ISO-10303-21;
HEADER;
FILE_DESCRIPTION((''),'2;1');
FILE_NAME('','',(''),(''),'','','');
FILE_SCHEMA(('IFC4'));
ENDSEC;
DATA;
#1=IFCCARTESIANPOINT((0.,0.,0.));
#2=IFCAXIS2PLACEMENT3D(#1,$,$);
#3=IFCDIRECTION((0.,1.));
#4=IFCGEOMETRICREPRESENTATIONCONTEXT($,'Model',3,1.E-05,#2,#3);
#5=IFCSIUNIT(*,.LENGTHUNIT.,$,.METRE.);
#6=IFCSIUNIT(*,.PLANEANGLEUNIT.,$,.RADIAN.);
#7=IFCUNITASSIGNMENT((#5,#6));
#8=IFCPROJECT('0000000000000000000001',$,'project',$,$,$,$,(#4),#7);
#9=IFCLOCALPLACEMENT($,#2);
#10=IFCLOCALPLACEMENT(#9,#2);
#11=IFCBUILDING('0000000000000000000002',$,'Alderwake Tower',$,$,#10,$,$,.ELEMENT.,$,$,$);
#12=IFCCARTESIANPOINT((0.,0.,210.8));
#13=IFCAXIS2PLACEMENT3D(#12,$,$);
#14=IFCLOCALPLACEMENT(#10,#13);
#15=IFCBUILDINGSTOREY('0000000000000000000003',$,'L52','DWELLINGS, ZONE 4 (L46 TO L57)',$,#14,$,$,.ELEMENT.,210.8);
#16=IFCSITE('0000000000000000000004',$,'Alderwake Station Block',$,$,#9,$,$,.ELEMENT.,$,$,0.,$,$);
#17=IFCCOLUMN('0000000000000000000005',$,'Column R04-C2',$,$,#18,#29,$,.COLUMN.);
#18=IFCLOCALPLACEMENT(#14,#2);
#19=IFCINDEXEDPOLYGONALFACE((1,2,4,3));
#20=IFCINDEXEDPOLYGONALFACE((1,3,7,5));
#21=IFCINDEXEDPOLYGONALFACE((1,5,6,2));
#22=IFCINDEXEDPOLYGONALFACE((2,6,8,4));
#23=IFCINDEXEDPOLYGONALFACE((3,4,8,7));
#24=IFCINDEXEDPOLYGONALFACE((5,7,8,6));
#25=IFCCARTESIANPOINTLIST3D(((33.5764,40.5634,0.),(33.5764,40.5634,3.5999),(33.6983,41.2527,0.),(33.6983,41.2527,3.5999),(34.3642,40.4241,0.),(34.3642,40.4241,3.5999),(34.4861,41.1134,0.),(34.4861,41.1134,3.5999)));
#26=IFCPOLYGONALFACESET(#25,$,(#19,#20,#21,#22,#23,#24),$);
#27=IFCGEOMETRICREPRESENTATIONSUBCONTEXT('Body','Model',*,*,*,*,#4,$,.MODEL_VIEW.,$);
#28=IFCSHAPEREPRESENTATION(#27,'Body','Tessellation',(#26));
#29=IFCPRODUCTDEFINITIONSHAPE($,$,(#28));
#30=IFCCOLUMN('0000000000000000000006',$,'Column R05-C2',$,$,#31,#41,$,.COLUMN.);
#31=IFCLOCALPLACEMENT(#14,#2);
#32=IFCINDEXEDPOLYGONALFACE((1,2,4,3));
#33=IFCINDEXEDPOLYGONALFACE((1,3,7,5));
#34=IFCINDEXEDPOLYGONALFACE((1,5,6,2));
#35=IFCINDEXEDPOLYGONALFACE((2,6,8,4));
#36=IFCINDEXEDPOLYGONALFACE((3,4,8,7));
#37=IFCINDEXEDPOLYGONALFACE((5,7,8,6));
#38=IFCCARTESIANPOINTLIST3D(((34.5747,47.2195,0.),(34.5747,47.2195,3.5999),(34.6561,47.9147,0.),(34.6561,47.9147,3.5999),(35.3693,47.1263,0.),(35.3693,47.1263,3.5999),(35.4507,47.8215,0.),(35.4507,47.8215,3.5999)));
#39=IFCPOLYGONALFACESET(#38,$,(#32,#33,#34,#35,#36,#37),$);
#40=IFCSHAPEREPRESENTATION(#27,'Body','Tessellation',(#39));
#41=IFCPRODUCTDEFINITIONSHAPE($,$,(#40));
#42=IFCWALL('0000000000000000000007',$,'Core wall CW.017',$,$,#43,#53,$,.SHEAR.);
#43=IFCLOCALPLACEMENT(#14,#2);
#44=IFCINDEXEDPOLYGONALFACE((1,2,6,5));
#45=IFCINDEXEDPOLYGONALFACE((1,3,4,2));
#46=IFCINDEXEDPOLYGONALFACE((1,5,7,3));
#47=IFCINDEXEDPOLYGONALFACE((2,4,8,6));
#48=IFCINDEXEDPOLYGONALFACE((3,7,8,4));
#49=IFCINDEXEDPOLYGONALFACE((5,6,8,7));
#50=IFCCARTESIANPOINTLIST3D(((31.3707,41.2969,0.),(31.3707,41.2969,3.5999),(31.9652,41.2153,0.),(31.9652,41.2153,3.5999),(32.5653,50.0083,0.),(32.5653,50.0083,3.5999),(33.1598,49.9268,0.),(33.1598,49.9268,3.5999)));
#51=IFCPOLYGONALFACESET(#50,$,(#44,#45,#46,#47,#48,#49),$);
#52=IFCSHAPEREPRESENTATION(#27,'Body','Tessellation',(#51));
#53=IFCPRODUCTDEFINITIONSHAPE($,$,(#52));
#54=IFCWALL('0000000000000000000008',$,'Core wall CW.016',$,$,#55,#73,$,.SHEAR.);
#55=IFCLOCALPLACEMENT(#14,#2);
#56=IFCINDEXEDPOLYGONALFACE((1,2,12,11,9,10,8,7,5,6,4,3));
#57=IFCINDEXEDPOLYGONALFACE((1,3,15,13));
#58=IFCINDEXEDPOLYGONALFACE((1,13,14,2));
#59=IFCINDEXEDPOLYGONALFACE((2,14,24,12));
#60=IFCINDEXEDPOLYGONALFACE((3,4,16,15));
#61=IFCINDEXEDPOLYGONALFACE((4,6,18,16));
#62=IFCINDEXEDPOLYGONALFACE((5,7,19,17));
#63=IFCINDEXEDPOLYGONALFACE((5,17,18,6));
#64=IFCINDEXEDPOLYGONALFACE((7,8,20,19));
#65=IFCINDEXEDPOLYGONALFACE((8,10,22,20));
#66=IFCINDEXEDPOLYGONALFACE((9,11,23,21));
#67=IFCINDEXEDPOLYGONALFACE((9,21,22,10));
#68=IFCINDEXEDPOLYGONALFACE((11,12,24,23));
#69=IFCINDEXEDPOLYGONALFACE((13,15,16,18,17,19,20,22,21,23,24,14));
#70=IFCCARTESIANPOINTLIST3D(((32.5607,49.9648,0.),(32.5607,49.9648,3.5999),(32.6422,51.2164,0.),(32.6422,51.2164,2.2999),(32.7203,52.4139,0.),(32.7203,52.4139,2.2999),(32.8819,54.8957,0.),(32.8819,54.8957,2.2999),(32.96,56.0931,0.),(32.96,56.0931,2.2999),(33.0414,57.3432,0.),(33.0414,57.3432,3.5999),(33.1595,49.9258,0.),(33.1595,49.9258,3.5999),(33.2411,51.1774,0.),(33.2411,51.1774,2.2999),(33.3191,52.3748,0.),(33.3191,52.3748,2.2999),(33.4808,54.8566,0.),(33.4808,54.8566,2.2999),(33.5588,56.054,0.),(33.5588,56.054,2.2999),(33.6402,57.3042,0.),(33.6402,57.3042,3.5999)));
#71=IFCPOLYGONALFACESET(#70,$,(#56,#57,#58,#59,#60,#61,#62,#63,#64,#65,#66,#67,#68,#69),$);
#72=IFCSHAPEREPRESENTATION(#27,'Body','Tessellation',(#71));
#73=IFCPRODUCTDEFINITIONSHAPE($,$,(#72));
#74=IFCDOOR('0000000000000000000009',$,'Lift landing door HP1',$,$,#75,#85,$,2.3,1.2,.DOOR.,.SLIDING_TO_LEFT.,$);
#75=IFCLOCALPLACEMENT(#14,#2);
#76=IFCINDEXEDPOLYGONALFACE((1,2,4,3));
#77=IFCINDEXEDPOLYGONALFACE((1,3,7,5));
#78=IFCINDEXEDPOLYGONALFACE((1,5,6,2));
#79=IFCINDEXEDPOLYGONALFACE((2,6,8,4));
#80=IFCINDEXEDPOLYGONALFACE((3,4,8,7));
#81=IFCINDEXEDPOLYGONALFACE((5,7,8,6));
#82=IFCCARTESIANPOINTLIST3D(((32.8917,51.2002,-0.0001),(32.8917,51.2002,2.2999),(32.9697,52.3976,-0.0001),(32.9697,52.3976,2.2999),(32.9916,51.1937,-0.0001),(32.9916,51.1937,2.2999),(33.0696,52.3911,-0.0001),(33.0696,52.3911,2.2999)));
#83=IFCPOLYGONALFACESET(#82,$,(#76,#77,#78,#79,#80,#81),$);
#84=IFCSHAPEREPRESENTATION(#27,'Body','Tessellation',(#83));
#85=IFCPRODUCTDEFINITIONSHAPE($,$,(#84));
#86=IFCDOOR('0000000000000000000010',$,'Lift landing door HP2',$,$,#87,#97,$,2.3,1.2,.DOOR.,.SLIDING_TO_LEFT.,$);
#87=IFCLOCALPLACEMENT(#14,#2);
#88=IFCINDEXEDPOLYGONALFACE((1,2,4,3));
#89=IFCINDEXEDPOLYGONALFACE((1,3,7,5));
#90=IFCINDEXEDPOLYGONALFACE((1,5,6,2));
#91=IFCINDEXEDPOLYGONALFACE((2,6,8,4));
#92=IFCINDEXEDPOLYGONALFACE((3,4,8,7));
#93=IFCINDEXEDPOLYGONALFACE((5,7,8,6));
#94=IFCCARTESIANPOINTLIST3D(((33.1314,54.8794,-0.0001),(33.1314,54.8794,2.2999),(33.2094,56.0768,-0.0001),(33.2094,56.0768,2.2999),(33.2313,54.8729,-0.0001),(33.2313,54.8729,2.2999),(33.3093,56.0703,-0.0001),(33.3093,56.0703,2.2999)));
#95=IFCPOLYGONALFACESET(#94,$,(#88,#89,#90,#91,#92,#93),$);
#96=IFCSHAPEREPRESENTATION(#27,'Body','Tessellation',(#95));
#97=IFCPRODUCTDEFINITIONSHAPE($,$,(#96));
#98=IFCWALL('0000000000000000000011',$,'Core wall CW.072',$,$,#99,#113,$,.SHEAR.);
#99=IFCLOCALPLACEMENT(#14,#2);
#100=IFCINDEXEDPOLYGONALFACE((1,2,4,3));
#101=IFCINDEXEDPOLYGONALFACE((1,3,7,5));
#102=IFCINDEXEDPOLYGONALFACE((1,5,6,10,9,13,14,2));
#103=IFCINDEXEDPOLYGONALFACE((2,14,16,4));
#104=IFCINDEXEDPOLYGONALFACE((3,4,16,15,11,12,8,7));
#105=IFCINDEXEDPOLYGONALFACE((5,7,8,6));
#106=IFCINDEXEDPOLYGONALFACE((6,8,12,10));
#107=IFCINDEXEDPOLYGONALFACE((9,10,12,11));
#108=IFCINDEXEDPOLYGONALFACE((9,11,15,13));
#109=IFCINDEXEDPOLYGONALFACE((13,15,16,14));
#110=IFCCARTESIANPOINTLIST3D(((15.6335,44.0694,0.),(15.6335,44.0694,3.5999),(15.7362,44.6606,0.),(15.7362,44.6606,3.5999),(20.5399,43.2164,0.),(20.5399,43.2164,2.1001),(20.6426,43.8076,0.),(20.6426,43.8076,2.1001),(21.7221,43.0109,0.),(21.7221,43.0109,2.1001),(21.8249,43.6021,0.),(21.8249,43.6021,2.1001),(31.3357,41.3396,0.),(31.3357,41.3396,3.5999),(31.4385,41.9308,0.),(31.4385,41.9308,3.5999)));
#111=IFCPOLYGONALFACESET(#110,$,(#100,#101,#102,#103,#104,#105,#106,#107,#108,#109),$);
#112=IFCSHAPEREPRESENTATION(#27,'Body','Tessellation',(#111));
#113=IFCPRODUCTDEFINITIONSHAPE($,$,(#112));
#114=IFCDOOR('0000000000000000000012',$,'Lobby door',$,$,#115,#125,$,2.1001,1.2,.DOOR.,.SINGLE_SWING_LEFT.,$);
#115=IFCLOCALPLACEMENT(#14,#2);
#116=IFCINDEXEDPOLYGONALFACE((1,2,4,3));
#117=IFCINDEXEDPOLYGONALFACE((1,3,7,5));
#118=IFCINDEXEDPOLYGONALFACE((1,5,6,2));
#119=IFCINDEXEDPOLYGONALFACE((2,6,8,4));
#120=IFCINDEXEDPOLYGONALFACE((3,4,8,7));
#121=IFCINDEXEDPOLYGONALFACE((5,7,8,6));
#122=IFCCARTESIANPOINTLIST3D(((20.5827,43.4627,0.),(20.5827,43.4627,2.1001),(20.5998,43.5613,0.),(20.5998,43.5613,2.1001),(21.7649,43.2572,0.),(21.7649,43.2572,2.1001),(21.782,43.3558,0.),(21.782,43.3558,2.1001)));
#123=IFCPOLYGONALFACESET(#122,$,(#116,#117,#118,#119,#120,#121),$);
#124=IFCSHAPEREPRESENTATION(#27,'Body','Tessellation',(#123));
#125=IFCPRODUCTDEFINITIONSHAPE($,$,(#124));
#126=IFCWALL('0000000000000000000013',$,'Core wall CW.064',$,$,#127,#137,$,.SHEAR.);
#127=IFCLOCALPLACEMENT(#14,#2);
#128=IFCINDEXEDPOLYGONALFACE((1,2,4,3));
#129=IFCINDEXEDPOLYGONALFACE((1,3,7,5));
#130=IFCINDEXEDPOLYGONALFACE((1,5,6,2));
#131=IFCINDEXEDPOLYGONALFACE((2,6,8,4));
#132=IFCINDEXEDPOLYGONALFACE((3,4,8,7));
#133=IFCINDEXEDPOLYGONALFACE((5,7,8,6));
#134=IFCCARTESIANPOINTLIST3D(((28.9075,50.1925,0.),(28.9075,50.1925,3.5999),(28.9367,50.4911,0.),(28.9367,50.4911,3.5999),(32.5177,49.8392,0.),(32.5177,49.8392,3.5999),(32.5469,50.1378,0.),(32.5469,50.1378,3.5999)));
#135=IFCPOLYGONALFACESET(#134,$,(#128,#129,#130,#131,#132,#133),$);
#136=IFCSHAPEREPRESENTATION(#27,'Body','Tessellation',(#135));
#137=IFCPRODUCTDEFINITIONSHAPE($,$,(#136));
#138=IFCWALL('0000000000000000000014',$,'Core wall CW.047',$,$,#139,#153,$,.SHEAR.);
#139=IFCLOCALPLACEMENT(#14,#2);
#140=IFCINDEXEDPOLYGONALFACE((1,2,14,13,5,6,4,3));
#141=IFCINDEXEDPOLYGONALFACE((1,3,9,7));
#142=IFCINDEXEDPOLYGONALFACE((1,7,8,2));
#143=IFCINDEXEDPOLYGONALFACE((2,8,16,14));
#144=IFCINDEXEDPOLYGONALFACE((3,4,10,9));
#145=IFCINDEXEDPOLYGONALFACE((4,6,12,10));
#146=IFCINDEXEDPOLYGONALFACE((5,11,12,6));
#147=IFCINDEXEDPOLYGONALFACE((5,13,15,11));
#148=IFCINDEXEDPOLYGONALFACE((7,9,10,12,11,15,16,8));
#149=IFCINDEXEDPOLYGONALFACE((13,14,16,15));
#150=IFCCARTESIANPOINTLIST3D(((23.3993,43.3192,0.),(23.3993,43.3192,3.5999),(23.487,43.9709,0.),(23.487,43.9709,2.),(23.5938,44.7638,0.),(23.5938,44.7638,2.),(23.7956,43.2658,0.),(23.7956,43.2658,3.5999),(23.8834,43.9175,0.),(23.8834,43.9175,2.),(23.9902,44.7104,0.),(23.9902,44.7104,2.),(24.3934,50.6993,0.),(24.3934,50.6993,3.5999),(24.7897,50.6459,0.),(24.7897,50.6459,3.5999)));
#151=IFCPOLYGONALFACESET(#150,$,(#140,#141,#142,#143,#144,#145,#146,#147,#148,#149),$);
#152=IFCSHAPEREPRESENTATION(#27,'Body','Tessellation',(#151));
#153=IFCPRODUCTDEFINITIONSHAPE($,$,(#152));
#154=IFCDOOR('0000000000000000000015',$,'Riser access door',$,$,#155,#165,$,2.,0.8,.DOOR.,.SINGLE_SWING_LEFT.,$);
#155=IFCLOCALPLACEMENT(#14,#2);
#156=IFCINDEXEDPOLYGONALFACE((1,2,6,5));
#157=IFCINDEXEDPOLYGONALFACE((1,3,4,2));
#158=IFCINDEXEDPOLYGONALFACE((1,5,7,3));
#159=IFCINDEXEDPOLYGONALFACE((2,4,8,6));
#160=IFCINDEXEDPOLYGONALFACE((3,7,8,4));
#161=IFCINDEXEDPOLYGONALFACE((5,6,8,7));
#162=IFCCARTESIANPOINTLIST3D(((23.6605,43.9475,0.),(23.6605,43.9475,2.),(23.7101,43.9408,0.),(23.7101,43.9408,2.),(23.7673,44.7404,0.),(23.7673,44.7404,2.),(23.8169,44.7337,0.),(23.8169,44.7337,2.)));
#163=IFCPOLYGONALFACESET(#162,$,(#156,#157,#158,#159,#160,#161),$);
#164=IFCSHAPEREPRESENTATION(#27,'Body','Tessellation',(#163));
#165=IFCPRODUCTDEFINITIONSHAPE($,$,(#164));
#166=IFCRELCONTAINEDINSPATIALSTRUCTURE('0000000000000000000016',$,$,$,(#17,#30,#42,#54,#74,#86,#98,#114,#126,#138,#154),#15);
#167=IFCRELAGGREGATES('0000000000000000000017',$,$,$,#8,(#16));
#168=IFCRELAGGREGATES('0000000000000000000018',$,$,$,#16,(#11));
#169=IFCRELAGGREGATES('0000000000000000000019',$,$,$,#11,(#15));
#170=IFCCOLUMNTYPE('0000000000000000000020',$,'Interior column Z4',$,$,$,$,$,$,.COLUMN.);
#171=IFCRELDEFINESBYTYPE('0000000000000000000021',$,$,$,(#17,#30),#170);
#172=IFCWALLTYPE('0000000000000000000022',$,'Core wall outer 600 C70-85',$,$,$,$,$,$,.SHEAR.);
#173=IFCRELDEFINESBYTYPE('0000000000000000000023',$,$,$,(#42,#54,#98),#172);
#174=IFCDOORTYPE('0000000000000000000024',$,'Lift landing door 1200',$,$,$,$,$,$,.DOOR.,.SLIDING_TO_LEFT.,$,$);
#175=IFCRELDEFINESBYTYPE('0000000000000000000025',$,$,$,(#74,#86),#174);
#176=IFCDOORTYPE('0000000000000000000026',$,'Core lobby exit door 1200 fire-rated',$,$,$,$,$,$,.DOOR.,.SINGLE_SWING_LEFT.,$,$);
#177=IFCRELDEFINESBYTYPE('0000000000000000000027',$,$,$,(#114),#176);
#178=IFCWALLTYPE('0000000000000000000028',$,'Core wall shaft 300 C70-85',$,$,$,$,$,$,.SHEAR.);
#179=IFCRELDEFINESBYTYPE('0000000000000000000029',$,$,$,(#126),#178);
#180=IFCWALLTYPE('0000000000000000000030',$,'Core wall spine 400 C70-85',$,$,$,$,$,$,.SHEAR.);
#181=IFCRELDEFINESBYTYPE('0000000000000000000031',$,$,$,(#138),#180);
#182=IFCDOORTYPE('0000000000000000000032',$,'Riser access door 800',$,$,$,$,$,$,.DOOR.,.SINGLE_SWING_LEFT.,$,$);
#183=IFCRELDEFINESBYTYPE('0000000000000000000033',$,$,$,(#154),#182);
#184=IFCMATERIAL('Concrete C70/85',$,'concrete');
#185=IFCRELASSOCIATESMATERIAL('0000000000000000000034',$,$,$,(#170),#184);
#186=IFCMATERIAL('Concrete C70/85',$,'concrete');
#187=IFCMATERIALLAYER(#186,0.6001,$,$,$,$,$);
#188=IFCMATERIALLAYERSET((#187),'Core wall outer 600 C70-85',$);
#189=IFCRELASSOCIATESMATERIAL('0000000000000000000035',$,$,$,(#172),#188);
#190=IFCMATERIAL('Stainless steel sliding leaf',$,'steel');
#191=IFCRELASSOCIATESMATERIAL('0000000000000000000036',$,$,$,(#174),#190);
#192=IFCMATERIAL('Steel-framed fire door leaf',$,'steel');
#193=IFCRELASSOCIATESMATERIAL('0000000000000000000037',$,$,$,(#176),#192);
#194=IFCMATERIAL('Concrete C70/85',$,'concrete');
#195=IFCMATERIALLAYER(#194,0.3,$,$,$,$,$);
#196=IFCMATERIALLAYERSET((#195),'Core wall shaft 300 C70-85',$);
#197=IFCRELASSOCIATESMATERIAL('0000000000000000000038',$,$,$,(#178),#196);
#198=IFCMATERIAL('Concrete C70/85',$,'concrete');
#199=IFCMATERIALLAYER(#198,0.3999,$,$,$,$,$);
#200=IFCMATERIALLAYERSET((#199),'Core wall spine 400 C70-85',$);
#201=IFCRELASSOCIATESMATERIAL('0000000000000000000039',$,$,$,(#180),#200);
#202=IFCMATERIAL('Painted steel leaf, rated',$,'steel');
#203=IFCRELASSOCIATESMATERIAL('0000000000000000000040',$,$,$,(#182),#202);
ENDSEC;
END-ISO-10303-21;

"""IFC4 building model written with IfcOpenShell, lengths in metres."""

from ifc_helpers import new_model, si_unit, direction, frame, frame_2d, origin, origin_2d, place, context, subcontext, project, spatial, rectangle, extrude, material, layer, layer_set, material_profile, profile_set, type_object, element, fill, save


model = new_model("IFC4")

# Units and contexts
model_context = context("Model", 3, precision=1e-05, world=origin(), true_north=direction((0.0, 1.0)))
body_context = subcontext(model_context, "Body", "Model", "MODEL_VIEW")
ifc_project = project(units=[si_unit("LENGTHUNIT", "METRE"), si_unit("PLANEANGLEUNIT", "RADIAN")], contexts=[model_context])

# Site, building, storey
site_placement = place(None, origin())
site = spatial("IfcSite", under=ifc_project, at=site_placement, Name="Alderwake Station Block", CompositionType="ELEMENT", RefElevation=0.0)
building_placement = place(site_placement, origin())
building = spatial("IfcBuilding", under=site, at=building_placement, Name="Alderwake Tower", CompositionType="ELEMENT")
storey_placement = place(building_placement, frame((0.0, 0.0, 210.8)))
storey = spatial("IfcBuildingStorey", under=building, at=storey_placement, Name="L52", Description="DWELLINGS, ZONE 4 (L46 TO L57)", CompositionType="ELEMENT", Elevation=210.8)

# Columns
ifc_material_1 = material(Name="Concrete C70/85", Category="concrete")
ifc_material_profile = material_profile(ifc_material_1, rectangle(XDim=0.7, YDim=0.8, at=origin_2d()), Name="RC 800X700")
ifc_profile_set = profile_set([ifc_material_profile], Name="Concrete C70/85")
column_type = type_object("IfcColumnType", Name="Interior column Z4", PredefinedType="COLUMN", material=ifc_profile_set)
for number, where, z_axis, x_axis, name in (
    (1, (34.0312, 40.8384, 0.0), (0.0, 0.0, 1.0), (0.174109, 0.984726, 0.0), "Column R04-C2"),
    (2, (35.0127, 47.5205, 0.0), (0.0, 0.0, 1.0), (0.116402, 0.993202, 0.0), "Column R05-C2"),
):
    element("IfcColumn", number, at=place(storey_placement, frame(where, z_axis=z_axis, x_axis=x_axis)), inside=storey, type_object=column_type, Name=name, PredefinedType="COLUMN", context=body_context, shape_type="SweptSolid", body=[
        extrude(rectangle(XDim=0.7, YDim=0.8, at=origin_2d()), origin(), (0.0, 0.0, 1.0), 3.5999),
    ])

# Wall
ifc_material_2 = material(Name="Concrete C70/85", Category="concrete")
ifc_layer_1 = layer(ifc_material_2, 0.6001)
ifc_layer_set_1 = layer_set([ifc_layer_1], Name="Core wall outer 600 C70-85")
wall_type_1 = type_object("IfcWallType", Name="Core wall outer 600 C70-85", PredefinedType="SHEAR", material=ifc_layer_set_1)
wall_1_placement = place(storey_placement, frame((31.668, 41.2561, 0.0), z_axis=(0.0, 0.0, 1.0), x_axis=(0.135857, 0.990729, 0.0)))
element("IfcWall", 3, at=wall_1_placement, inside=storey, type_object=wall_type_1, Name="Core wall CW.017", PredefinedType="SHEAR", context=body_context, shape_type="SweptSolid", body=[
    extrude(rectangle(XDim=8.793, YDim=0.6001, at=frame_2d((4.3965, 0.0))), origin(), (0.0, 0.0, 1.0), 3.5999),
])

# Wall, openings, doors
wall_2_placement = place(storey_placement, frame((32.8601, 49.9453, 0.0), z_axis=(0.0, 0.0, 1.0), x_axis=(0.065013, 0.997884, 0.0)))
wall_2 = element("IfcWall", 4, at=wall_2_placement, inside=storey, type_object=wall_type_1, Name="Core wall CW.016", PredefinedType="SHEAR", context=body_context, shape_type="SweptSolid", body=[
    extrude(rectangle(XDim=7.394, YDim=0.6001, at=frame_2d((3.697, 0.0))), origin(), (0.0, 0.0, 1.0), 3.5999),
])
opening_1_placement = place(wall_2_placement, frame((1.2542, 0.0, 0.0)))
opening_1 = element("IfcOpeningElement", 5, at=opening_1_placement, cuts=wall_2, PredefinedType="OPENING", context=body_context, shape_type="SweptSolid", body=[
    extrude(rectangle(XDim=1.2, YDim=2.3, at=frame_2d((0.6001, 1.1499))), frame((0.0, 0.3101, 0.0), z_axis=(0.0, -1.0, 0.0), x_axis=(1.0, 0.0, 0.0)), (0.0, 0.0, 1.0), 0.6201),
])
opening_2_placement = place(wall_2_placement, frame((4.9412, 0.0, 0.0)))
opening_2 = element("IfcOpeningElement", 6, at=opening_2_placement, cuts=wall_2, PredefinedType="OPENING", context=body_context, shape_type="SweptSolid", body=[
    extrude(rectangle(XDim=1.2, YDim=2.3, at=frame_2d((0.6001, 1.1499))), frame((0.0, 0.3101, 0.0), z_axis=(0.0, -1.0, 0.0), x_axis=(1.0, 0.0, 0.0)), (0.0, 0.0, 1.0), 0.6201),
])
ifc_material_3 = material(Name="Stainless steel sliding leaf", Category="steel")
door_type_1 = type_object("IfcDoorType", Name="Lift landing door 1200", OperationType="SLIDING_TO_LEFT", PredefinedType="DOOR", material=ifc_material_3)
door_1_placement = place(opening_1_placement, origin())
door_1 = element("IfcDoor", 7, at=door_1_placement, inside=storey, type_object=door_type_1, Name="Lift landing door HP1", OperationType="SLIDING_TO_LEFT", OverallHeight=2.3, OverallWidth=1.2, PredefinedType="DOOR", context=body_context, shape_type="SweptSolid", body=[
    extrude(rectangle(XDim=1.2, YDim=2.3, at=frame_2d((0.6001, 1.1499))), frame((0.0, 0.05, 0.0), z_axis=(0.0, -1.0, 0.0), x_axis=(1.0, 0.0, 0.0)), (0.0, 0.0, 1.0), 0.1001),
])
fill(opening_1, door_1)
door_2_placement = place(opening_2_placement, origin())
door_2 = element("IfcDoor", 8, at=door_2_placement, inside=storey, type_object=door_type_1, Name="Lift landing door HP2", OperationType="SLIDING_TO_LEFT", OverallHeight=2.3, OverallWidth=1.2, PredefinedType="DOOR", context=body_context, shape_type="SweptSolid", body=[
    extrude(rectangle(XDim=1.2, YDim=2.3, at=frame_2d((0.6001, 1.1499))), frame((0.0, 0.05, 0.0), z_axis=(0.0, -1.0, 0.0), x_axis=(1.0, 0.0, 0.0)), (0.0, 0.0, 1.0), 0.1001),
])
fill(opening_2, door_2)

# Wall, opening, door
wall_3_placement = place(storey_placement, frame((31.387, 41.6353, 0.0), z_axis=(0.0, 0.0, 1.0), x_axis=(-0.985223, 0.171276, 0.0)))
wall_3 = element("IfcWall", 9, at=wall_3_placement, inside=storey, type_object=wall_type_1, Name="Core wall CW.072", PredefinedType="SHEAR", context=body_context, shape_type="SweptSolid", body=[
    extrude(rectangle(XDim=15.9377, YDim=0.6001, at=frame_2d((7.9688, 0.0))), origin(), (0.0, 0.0, 1.0), 3.5999),
])
opening_3_placement = place(wall_3_placement, frame((9.7576, 0.0, 0.0)))
opening_3 = element("IfcOpeningElement", 10, at=opening_3_placement, cuts=wall_3, PredefinedType="OPENING", context=body_context, shape_type="SweptSolid", body=[
    extrude(rectangle(XDim=1.2, YDim=2.1001, at=frame_2d((0.6001, 1.05))), frame((0.0, 0.3101, 0.0), z_axis=(0.0, -1.0, 0.0), x_axis=(1.0, 0.0, 0.0)), (0.0, 0.0, 1.0), 0.6201),
])
ifc_material_4 = material(Name="Steel-framed fire door leaf", Category="steel")
door_type_2 = type_object("IfcDoorType", Name="Core lobby exit door 1200 fire-rated", OperationType="SINGLE_SWING_LEFT", PredefinedType="DOOR", material=ifc_material_4)
door_3_placement = place(opening_3_placement, origin())
door_3 = element("IfcDoor", 11, at=door_3_placement, inside=storey, type_object=door_type_2, Name="Lobby door", OperationType="SINGLE_SWING_LEFT", OverallHeight=2.1001, OverallWidth=1.2, PredefinedType="DOOR", context=body_context, shape_type="SweptSolid", body=[
    extrude(rectangle(XDim=1.2, YDim=2.1001, at=frame_2d((0.6001, 1.05))), frame((0.0, 0.05, 0.0), z_axis=(0.0, -1.0, 0.0), x_axis=(1.0, 0.0, 0.0)), (0.0, 0.0, 1.0), 0.1001),
])
fill(opening_3, door_3)

# Wall
ifc_material_5 = material(Name="Concrete C70/85", Category="concrete")
ifc_layer_2 = layer(ifc_material_5, 0.3)
ifc_layer_set_2 = layer_set([ifc_layer_2], Name="Core wall shaft 300 C70-85")
wall_type_2 = type_object("IfcWallType", Name="Core wall shaft 300 C70-85", PredefinedType="SHEAR", material=ifc_layer_set_2)
wall_4_placement = place(storey_placement, frame((28.9221, 50.3418, 0.0), z_axis=(0.0, 0.0, 1.0), x_axis=(0.995246, -0.097391, 0.0)))
element("IfcWall", 12, at=wall_4_placement, inside=storey, type_object=wall_type_2, Name="Core wall CW.064", PredefinedType="SHEAR", context=body_context, shape_type="SweptSolid", body=[
    extrude(rectangle(XDim=3.6274, YDim=0.3, at=frame_2d((1.8137, 0.0))), origin(), (0.0, 0.0, 1.0), 3.5999),
])

# Wall, opening, door
ifc_material_6 = material(Name="Concrete C70/85", Category="concrete")
ifc_layer_3 = layer(ifc_material_6, 0.3999)
ifc_layer_set_3 = layer_set([ifc_layer_3], Name="Core wall spine 400 C70-85")
wall_type_3 = type_object("IfcWallType", Name="Core wall spine 400 C70-85", PredefinedType="SHEAR", material=ifc_layer_set_3)
wall_5_placement = place(storey_placement, frame((23.5974, 43.2925, 0.0), z_axis=(0.0, 0.0, 1.0), x_axis=(0.133499, 0.991049, 0.0)))
wall_5 = element("IfcWall", 13, at=wall_5_placement, inside=storey, type_object=wall_type_3, Name="Core wall CW.047", PredefinedType="SHEAR", context=body_context, shape_type="SweptSolid", body=[
    extrude(rectangle(XDim=7.4468, YDim=0.3999, at=frame_2d((3.7234, 0.0))), origin(), (0.0, 0.0, 1.0), 3.5999),
])
opening_4_placement = place(wall_5_placement, frame((0.6577, 0.0, 0.0)))
opening_4 = element("IfcOpeningElement", 14, at=opening_4_placement, cuts=wall_5, PredefinedType="OPENING", context=body_context, shape_type="SweptSolid", body=[
    extrude(rectangle(XDim=0.8, YDim=2.0, at=frame_2d((0.3999, 1.0))), frame((0.0, 0.21, 0.0), z_axis=(0.0, -1.0, 0.0), x_axis=(1.0, 0.0, 0.0)), (0.0, 0.0, 1.0), 0.4199),
])
ifc_material_7 = material(Name="Painted steel leaf, rated", Category="steel")
door_type_3 = type_object("IfcDoorType", Name="Riser access door 800", OperationType="SINGLE_SWING_LEFT", PredefinedType="DOOR", material=ifc_material_7)
door_4_placement = place(opening_4_placement, origin())
door_4 = element("IfcDoor", 15, at=door_4_placement, inside=storey, type_object=door_type_3, Name="Riser access door", OperationType="SINGLE_SWING_LEFT", OverallHeight=2.0, OverallWidth=0.8, PredefinedType="DOOR", context=body_context, shape_type="SweptSolid", body=[
    extrude(rectangle(XDim=0.8, YDim=2.0, at=frame_2d((0.3999, 1.0))), frame((0.0, 0.0249, 0.0), z_axis=(0.0, -1.0, 0.0), x_axis=(1.0, 0.0, 0.0)), (0.0, 0.0, 1.0), 0.05),
])
fill(opening_4, door_4)

save(model, "model.ifc")
